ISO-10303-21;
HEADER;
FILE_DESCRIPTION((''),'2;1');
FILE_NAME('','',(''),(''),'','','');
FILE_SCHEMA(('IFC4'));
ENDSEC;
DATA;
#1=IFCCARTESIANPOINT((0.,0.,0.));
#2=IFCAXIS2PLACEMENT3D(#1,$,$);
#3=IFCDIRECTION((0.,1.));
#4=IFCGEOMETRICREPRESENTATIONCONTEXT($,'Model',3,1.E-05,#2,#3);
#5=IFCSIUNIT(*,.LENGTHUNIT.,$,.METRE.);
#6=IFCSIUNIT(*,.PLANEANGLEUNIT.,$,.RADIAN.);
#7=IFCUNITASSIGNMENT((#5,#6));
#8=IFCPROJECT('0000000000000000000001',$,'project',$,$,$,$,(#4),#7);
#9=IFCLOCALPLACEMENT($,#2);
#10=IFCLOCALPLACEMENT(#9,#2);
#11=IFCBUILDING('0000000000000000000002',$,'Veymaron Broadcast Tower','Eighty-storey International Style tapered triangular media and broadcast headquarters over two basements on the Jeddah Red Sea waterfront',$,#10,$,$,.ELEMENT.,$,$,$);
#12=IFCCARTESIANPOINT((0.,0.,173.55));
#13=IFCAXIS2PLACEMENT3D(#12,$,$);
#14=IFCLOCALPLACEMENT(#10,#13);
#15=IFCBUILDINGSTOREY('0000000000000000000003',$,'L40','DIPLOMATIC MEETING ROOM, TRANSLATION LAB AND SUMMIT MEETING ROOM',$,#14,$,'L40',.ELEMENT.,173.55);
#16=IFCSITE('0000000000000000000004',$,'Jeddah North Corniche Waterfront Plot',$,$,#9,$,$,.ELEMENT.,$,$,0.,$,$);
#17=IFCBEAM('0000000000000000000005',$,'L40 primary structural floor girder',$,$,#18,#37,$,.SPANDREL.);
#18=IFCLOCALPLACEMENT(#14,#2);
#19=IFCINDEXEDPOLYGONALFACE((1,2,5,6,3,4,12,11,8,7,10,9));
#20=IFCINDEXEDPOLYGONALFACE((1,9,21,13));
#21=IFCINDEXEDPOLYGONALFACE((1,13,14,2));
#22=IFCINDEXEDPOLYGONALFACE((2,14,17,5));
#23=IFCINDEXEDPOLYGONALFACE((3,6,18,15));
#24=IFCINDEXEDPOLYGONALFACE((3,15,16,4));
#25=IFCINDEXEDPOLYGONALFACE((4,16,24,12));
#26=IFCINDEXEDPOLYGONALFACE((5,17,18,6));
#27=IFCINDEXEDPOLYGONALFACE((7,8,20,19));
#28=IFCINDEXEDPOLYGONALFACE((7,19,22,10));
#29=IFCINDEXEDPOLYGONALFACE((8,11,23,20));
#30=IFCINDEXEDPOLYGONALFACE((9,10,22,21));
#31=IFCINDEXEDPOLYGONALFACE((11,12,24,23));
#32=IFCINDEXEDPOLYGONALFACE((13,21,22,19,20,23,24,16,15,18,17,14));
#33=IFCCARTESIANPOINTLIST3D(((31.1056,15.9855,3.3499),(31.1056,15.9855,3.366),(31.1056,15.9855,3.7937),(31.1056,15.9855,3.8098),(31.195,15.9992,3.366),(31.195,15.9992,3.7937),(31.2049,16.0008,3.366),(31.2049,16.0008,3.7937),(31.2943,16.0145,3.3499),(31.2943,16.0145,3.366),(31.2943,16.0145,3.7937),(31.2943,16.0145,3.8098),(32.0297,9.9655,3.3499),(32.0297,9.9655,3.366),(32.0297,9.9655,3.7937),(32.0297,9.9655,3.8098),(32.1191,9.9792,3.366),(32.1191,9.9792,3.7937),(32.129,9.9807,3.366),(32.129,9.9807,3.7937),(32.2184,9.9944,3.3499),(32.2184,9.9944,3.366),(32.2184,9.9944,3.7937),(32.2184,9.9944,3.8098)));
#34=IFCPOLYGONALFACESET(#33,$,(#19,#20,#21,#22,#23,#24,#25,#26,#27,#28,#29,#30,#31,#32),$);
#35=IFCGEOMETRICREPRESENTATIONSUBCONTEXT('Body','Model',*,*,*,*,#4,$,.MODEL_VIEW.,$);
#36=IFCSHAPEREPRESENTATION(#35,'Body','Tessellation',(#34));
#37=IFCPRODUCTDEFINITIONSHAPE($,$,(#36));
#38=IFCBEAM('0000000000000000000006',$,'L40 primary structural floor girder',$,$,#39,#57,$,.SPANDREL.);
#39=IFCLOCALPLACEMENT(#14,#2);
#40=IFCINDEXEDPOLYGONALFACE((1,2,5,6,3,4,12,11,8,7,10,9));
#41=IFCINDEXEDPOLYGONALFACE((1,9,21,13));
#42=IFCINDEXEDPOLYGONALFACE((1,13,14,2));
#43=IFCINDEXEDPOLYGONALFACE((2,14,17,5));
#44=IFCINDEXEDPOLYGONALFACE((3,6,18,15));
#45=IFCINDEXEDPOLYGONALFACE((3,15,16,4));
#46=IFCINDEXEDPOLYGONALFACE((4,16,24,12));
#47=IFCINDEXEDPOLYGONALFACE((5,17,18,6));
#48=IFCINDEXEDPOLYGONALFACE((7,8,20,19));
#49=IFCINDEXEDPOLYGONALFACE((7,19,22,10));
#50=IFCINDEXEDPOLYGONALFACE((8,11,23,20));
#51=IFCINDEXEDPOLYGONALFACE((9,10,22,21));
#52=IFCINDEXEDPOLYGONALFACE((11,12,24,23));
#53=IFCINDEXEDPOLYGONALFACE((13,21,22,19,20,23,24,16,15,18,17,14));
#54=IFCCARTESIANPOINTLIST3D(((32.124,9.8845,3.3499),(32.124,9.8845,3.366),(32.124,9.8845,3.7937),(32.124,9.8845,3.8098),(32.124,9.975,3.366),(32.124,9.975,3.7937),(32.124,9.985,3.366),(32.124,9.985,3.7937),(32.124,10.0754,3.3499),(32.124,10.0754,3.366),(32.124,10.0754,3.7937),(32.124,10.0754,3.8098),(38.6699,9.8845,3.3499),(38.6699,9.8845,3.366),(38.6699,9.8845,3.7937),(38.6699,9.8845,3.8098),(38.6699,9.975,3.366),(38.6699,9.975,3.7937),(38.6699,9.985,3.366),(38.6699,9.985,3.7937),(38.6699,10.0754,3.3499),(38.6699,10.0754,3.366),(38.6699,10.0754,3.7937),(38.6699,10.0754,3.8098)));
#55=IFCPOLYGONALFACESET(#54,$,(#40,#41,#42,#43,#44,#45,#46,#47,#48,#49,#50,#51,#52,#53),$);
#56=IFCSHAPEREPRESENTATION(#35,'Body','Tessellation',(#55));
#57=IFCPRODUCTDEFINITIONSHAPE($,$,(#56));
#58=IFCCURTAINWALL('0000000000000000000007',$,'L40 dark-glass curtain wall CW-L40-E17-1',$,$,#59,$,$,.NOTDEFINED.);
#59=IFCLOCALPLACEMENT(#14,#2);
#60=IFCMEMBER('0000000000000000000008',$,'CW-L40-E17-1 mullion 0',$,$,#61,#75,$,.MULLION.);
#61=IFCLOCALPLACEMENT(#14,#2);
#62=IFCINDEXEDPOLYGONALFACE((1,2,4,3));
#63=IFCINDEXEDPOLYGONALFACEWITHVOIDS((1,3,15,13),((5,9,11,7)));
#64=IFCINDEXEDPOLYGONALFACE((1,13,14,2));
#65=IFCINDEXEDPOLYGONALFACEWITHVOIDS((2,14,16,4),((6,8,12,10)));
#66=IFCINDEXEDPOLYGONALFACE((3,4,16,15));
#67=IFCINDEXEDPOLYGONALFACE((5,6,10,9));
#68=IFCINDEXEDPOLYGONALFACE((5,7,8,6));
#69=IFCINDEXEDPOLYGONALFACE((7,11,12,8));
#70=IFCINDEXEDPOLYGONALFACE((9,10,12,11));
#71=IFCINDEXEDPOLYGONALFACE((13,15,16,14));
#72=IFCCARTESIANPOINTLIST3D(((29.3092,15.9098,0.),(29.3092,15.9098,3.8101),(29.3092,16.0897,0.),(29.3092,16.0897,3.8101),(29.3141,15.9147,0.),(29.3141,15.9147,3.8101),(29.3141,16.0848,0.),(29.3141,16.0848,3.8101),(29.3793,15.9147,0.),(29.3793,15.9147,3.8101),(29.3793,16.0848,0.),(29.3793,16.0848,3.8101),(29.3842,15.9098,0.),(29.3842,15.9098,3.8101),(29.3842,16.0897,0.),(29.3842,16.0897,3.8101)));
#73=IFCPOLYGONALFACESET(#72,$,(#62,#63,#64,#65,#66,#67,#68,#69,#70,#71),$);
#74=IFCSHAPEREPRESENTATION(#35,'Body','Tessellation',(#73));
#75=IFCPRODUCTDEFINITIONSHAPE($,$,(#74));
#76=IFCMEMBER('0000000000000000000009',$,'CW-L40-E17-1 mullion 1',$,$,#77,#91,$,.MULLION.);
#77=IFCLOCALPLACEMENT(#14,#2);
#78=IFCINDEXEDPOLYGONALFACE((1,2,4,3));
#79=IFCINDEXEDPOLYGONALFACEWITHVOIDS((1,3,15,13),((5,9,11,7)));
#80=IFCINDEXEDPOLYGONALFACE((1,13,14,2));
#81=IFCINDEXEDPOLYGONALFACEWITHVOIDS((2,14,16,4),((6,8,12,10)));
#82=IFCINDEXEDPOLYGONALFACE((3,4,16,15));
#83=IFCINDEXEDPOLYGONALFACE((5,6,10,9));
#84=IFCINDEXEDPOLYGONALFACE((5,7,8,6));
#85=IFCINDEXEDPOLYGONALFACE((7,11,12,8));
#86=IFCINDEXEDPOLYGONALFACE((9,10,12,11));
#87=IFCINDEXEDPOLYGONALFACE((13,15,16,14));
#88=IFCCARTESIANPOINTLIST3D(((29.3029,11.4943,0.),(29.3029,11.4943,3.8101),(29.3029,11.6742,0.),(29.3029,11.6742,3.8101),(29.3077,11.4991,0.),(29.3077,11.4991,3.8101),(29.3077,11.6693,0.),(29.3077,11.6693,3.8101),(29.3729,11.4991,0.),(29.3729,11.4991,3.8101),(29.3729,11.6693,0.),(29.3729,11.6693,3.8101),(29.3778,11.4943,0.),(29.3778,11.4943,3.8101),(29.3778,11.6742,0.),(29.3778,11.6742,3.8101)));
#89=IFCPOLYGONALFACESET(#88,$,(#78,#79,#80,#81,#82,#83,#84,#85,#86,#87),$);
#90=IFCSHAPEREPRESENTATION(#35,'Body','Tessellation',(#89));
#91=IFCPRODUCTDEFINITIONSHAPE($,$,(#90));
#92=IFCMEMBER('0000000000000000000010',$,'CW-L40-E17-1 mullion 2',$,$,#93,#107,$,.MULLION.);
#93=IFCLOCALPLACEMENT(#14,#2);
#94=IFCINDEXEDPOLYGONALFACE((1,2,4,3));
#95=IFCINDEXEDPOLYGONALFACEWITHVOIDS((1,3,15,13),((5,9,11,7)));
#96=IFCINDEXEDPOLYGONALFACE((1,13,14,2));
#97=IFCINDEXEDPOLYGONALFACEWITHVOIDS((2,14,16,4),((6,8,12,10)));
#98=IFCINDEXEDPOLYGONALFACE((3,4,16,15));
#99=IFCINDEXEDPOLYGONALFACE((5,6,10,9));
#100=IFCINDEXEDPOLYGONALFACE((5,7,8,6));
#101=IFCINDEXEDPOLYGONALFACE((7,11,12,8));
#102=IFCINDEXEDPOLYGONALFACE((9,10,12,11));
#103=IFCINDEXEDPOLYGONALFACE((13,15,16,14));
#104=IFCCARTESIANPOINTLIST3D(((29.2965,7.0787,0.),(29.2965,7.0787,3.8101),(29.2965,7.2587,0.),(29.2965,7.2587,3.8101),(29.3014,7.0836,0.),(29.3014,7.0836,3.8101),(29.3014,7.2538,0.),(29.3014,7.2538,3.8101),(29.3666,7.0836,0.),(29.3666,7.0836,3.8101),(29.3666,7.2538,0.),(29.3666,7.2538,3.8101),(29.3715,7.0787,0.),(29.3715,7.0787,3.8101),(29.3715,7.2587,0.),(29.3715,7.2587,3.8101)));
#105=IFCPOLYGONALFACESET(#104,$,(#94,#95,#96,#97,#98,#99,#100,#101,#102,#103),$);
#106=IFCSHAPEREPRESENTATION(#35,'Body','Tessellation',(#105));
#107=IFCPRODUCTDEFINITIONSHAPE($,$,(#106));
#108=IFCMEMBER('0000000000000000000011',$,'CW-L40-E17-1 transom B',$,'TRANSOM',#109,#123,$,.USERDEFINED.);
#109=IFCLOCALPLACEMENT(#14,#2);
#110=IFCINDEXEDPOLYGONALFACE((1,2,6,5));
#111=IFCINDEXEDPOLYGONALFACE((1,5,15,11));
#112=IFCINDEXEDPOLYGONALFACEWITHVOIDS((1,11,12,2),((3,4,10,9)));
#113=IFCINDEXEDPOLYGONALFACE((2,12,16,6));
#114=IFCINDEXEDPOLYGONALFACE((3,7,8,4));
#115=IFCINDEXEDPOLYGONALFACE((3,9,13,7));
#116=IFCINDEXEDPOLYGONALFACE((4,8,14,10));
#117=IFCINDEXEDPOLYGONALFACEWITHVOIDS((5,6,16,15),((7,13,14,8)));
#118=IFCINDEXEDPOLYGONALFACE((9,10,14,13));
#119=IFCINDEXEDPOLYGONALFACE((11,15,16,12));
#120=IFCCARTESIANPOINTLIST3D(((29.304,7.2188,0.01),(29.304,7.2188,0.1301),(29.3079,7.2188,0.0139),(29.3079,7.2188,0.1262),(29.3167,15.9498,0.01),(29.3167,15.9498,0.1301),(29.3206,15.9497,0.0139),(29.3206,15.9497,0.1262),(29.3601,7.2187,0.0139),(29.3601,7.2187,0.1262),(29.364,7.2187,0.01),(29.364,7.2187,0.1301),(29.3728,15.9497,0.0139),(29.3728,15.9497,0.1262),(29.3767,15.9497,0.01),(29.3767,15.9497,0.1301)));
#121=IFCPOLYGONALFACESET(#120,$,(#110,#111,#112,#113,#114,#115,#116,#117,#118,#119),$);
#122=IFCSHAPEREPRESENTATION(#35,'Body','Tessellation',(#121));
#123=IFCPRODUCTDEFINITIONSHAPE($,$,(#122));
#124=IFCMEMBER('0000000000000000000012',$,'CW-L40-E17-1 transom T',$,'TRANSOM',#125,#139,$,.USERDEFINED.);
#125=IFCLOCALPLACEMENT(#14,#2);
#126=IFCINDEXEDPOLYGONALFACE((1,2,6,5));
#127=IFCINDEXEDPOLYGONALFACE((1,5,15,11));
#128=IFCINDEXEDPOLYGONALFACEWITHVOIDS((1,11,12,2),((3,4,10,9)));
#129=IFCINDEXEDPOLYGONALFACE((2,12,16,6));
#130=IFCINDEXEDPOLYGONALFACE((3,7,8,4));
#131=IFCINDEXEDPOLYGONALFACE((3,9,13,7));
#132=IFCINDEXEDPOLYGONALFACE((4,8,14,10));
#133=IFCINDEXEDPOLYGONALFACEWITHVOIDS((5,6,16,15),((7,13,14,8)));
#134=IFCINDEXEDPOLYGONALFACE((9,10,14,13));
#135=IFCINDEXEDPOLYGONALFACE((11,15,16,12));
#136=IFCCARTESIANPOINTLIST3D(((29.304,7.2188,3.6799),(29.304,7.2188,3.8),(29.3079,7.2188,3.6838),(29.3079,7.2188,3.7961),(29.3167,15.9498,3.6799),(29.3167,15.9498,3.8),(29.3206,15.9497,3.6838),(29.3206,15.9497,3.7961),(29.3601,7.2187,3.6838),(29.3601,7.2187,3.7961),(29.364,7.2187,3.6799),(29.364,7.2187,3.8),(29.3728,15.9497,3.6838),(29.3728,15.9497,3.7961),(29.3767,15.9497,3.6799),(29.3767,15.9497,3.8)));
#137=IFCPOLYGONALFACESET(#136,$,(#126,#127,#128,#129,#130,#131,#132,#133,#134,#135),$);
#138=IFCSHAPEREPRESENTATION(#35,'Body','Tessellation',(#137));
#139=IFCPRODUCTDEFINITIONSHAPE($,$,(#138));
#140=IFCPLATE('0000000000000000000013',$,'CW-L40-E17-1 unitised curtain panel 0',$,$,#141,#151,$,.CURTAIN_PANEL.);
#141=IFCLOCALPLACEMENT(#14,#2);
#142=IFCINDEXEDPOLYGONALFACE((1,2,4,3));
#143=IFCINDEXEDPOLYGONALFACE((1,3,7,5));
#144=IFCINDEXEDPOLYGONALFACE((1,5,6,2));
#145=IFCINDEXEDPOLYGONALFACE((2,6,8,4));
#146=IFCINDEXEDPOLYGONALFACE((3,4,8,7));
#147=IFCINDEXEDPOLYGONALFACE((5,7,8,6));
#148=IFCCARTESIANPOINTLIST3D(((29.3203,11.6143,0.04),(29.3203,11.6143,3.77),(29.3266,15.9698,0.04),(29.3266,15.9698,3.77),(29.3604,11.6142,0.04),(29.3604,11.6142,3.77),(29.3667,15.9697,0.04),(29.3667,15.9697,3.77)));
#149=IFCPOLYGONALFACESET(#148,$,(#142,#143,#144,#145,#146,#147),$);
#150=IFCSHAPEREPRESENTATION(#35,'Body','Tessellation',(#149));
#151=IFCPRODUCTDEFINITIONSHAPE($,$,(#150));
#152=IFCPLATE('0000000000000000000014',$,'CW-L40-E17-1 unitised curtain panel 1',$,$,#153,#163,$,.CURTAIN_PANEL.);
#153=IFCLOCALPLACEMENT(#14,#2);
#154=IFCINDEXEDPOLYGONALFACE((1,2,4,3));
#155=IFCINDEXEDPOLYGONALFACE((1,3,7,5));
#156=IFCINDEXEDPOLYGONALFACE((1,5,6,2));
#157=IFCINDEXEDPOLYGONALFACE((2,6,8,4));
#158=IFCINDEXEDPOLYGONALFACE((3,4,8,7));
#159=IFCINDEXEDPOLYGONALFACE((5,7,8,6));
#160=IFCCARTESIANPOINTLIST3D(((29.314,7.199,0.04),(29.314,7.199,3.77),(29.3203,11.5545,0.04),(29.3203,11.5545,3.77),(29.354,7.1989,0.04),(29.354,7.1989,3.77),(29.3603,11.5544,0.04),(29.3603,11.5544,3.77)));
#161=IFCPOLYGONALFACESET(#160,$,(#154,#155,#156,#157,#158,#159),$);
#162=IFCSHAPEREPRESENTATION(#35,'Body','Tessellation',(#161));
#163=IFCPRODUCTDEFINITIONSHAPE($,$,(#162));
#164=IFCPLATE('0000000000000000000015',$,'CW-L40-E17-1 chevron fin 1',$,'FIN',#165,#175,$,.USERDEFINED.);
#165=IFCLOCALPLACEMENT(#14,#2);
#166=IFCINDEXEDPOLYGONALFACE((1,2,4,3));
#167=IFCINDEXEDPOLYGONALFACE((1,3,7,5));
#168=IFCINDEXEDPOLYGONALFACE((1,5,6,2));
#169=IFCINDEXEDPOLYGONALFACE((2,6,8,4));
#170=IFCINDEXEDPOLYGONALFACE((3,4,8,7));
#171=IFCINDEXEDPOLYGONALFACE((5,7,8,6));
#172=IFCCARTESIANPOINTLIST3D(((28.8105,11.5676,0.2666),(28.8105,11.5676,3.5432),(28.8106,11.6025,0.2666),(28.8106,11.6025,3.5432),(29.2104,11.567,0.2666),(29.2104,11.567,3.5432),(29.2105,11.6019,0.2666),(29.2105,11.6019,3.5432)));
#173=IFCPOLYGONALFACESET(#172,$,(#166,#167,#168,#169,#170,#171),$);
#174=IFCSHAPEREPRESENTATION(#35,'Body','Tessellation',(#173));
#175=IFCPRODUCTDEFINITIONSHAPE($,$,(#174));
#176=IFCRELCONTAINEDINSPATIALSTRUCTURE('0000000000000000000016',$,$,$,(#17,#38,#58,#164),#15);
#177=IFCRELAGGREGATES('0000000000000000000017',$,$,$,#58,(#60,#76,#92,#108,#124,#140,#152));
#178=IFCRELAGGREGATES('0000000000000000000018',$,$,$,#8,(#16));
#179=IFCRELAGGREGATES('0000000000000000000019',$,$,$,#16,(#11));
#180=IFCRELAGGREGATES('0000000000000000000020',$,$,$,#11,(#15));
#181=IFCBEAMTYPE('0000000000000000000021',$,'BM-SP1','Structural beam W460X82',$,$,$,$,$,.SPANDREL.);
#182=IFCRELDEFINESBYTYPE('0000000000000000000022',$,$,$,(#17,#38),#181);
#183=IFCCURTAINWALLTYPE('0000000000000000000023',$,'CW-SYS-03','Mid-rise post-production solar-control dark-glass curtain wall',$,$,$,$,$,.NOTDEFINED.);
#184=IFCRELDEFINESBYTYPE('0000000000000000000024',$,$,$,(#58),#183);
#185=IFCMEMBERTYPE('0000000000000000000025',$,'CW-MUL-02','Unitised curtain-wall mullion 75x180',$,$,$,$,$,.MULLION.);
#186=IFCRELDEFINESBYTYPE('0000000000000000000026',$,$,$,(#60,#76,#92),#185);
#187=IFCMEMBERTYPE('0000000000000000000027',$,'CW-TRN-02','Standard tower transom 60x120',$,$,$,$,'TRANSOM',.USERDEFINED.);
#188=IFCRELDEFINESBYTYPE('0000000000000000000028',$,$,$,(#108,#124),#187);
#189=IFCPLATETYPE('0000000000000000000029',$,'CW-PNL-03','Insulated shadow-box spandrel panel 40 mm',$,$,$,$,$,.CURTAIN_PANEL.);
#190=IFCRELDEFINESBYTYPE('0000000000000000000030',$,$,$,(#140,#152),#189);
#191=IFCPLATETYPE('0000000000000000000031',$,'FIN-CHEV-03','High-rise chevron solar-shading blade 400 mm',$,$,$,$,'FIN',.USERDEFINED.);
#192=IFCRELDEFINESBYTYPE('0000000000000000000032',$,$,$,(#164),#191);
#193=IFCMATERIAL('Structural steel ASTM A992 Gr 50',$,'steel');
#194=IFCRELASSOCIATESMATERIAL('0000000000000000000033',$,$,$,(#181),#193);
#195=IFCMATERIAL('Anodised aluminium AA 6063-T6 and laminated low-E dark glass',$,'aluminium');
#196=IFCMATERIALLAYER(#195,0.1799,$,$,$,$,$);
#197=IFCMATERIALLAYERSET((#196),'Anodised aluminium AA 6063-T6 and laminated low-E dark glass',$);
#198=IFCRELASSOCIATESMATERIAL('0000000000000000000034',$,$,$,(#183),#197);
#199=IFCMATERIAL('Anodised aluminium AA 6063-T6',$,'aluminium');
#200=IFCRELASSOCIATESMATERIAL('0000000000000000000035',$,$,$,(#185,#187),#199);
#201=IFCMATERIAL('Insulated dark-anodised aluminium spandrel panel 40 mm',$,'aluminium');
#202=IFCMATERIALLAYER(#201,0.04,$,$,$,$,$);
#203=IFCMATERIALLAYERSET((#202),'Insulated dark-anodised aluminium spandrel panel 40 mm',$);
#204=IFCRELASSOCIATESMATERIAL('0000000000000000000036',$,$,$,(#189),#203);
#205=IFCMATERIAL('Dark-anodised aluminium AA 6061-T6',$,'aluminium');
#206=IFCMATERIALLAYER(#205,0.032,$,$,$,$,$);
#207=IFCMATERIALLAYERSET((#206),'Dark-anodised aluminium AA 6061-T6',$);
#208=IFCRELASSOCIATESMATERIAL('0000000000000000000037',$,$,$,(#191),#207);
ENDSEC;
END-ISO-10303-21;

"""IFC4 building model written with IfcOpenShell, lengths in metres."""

from ifc_helpers import new_model, si_unit, direction, frame, origin, origin_2d, place, context, subcontext, project, spatial, rectangle, hollow_rectangle, i_section, extrude, material, layer, layer_set, material_profile, profile_set, type_object, element, aggregate, save


model = new_model("IFC4")

# Units and contexts
model_context = context("Model", 3, precision=1e-05, world=origin(), true_north=direction((0.0, 1.0)))
body_context = subcontext(model_context, "Body", "Model", "MODEL_VIEW")
ifc_project = project(units=[si_unit("LENGTHUNIT", "METRE"), si_unit("PLANEANGLEUNIT", "RADIAN")], contexts=[model_context])

# Site, building, storey
site_placement = place(None, origin())
site = spatial("IfcSite", under=ifc_project, at=site_placement, Name="Jeddah North Corniche Waterfront Plot", CompositionType="ELEMENT", RefElevation=0.0)
building_placement = place(site_placement, origin())
building = spatial("IfcBuilding", under=site, at=building_placement, Name="Veymaron Broadcast Tower", Description="Eighty-storey International Style tapered triangular media and broadcast headquarters over two basements on the Jeddah Red Sea waterfront", CompositionType="ELEMENT")
storey_placement = place(building_placement, frame((0.0, 0.0, 173.55)))
storey = spatial("IfcBuildingStorey", under=building, at=storey_placement, Name="L40", Description="DIPLOMATIC MEETING ROOM, TRANSLATION LAB AND SUMMIT MEETING ROOM", LongName="L40", CompositionType="ELEMENT", Elevation=173.55)

# Shared definitions
ifc_material_1 = material(Name="Structural steel ASTM A992 Gr 50", Category="steel")

# Beams
ifc_material_profile_1 = material_profile(ifc_material_1, i_section(OverallWidth=0.1909, OverallDepth=0.46, WebThickness=0.01, FlangeThickness=0.0161, at=origin_2d()), Name="W460X82")
ifc_profile_set_1 = profile_set([ifc_material_profile_1], Name="Structural steel ASTM A992 Gr 50")
beam_type_1 = type_object("IfcBeamType", Name="BM-SP1", Description="Structural beam W460X82", PredefinedType="SPANDREL", material=ifc_profile_set_1)
beam_1_placement = place(storey_placement, frame((31.2, 16.0, 3.5798), z_axis=(0.151723, -0.988423, 0.0), x_axis=(0.988423, 0.151723, 0.0)))
element("IfcBeam", 1, at=beam_1_placement, inside=storey, type_object=beam_type_1, Name="L40 primary structural floor girder", PredefinedType="SPANDREL", context=body_context, shape_type="SweptSolid", body=[
    extrude(i_section(OverallWidth=0.1909, OverallDepth=0.46, WebThickness=0.01, FlangeThickness=0.0161, at=origin_2d()), origin(), (0.0, 0.0, 1.0), 6.0906),
])
beam_2_placement = place(storey_placement, frame((32.124, 9.98, 3.5798), z_axis=(1.0, 0.0, 0.0), x_axis=(0.0, 1.0, 0.0)))
element("IfcBeam", 2, at=beam_2_placement, inside=storey, type_object=beam_type_1, Name="L40 primary structural floor girder", PredefinedType="SPANDREL", context=body_context, shape_type="SweptSolid", body=[
    extrude(i_section(OverallWidth=0.1909, OverallDepth=0.46, WebThickness=0.01, FlangeThickness=0.0161, at=origin_2d()), origin(), (0.0, 0.0, 1.0), 6.5459),
])

# Curtain wall, members, plates
ifc_material_2 = material(Name="Anodised aluminium AA 6063-T6 and laminated low-E dark glass", Category="aluminium")
ifc_layer_1 = layer(ifc_material_2, 0.1799)
ifc_layer_set_1 = layer_set([ifc_layer_1], Name="Anodised aluminium AA 6063-T6 and laminated low-E dark glass")
curtain_wall_type = type_object("IfcCurtainWallType", Name="CW-SYS-03", Description="Mid-rise post-production solar-control dark-glass curtain wall", PredefinedType="NOTDEFINED", material=ifc_layer_set_1)
curtain_wall_placement = place(storey_placement, origin())
curtain_wall = element("IfcCurtainWall", 3, at=curtain_wall_placement, inside=storey, type_object=curtain_wall_type, Name="L40 dark-glass curtain wall CW-L40-E17-1", PredefinedType="NOTDEFINED")
ifc_material_3 = material(Name="Anodised aluminium AA 6063-T6", Category="aluminium")
ifc_material_profile_2 = material_profile(ifc_material_3, hollow_rectangle(XDim=0.075, YDim=0.1799, WallThickness=0.0049, at=origin_2d()), Name="AL180X75X5")
ifc_profile_set_2 = profile_set([ifc_material_profile_2], Name="Anodised aluminium AA 6063-T6")
member_type_1 = type_object("IfcMemberType", Name="CW-MUL-02", Description="Unitised curtain-wall mullion 75x180", PredefinedType="MULLION", material=ifc_profile_set_2)
member_1_placement = place(storey_placement, frame((29.3467, 15.9998, 0.0), z_axis=(0.0, 0.0, 1.0), x_axis=(1.0, 0.0, 0.0)))
member_1 = element("IfcMember", 4, at=member_1_placement, type_object=member_type_1, Name="CW-L40-E17-1 mullion 0", PredefinedType="MULLION", context=body_context, shape_type="SweptSolid", body=[
    extrude(hollow_rectangle(XDim=0.075, YDim=0.1799, WallThickness=0.0049, at=origin_2d()), origin(), (0.0, 0.0, 1.0), 3.8101),
])
member_2_placement = place(storey_placement, frame((29.3403, 11.5842, 0.0), z_axis=(0.0, 0.0, 1.0), x_axis=(1.0, 0.0, 0.0)))
member_2 = element("IfcMember", 5, at=member_2_placement, type_object=member_type_1, Name="CW-L40-E17-1 mullion 1", PredefinedType="MULLION", context=body_context, shape_type="SweptSolid", body=[
    extrude(hollow_rectangle(XDim=0.075, YDim=0.1799, WallThickness=0.0049, at=origin_2d()), origin(), (0.0, 0.0, 1.0), 3.8101),
])
member_3_placement = place(storey_placement, frame((29.334, 7.1687, 0.0), z_axis=(0.0, 0.0, 1.0), x_axis=(1.0, 0.0, 0.0)))
member_3 = element("IfcMember", 6, at=member_3_placement, type_object=member_type_1, Name="CW-L40-E17-1 mullion 2", PredefinedType="MULLION", context=body_context, shape_type="SweptSolid", body=[
    extrude(hollow_rectangle(XDim=0.075, YDim=0.1799, WallThickness=0.0049, at=origin_2d()), origin(), (0.0, 0.0, 1.0), 3.8101),
])
ifc_material_profile_3 = material_profile(ifc_material_3, hollow_rectangle(XDim=0.0601, YDim=0.1201, WallThickness=0.0039, at=origin_2d()), Name="AL120X60X4")
ifc_profile_set_3 = profile_set([ifc_material_profile_3], Name="Anodised aluminium AA 6063-T6")
member_type_2 = type_object("IfcMemberType", Name="CW-TRN-02", Description="Standard tower transom 60x120", ElementType="TRANSOM", PredefinedType="USERDEFINED", material=ifc_profile_set_3)
member_4_placement = place(storey_placement, frame((29.3467, 15.9497, 0.0701), z_axis=(-0.001454, -0.999999, 0.0), x_axis=(0.999999, -0.001454, 0.0)))
member_4 = element("IfcMember", 7, at=member_4_placement, type_object=member_type_2, Name="CW-L40-E17-1 transom B", ObjectType="TRANSOM", PredefinedType="USERDEFINED", context=body_context, shape_type="SweptSolid", body=[
    extrude(hollow_rectangle(XDim=0.0601, YDim=0.1201, WallThickness=0.0039, at=origin_2d()), origin(), (0.0, 0.0, 1.0), 8.731),
])
member_5_placement = place(storey_placement, frame((29.3467, 15.9497, 3.74), z_axis=(-0.001454, -0.999999, 0.0), x_axis=(0.999999, -0.001454, 0.0)))
member_5 = element("IfcMember", 8, at=member_5_placement, type_object=member_type_2, Name="CW-L40-E17-1 transom T", ObjectType="TRANSOM", PredefinedType="USERDEFINED", context=body_context, shape_type="SweptSolid", body=[
    extrude(hollow_rectangle(XDim=0.0601, YDim=0.1201, WallThickness=0.0039, at=origin_2d()), origin(), (0.0, 0.0, 1.0), 8.731),
])
ifc_material_4 = material(Name="Insulated dark-anodised aluminium spandrel panel 40 mm", Category="aluminium")
ifc_layer_2 = layer(ifc_material_4, 0.04)
ifc_layer_set_2 = layer_set([ifc_layer_2], Name="Insulated dark-anodised aluminium spandrel panel 40 mm")
plate_type_1 = type_object("IfcPlateType", Name="CW-PNL-03", Description="Insulated shadow-box spandrel panel 40 mm", PredefinedType="CURTAIN_PANEL", material=ifc_layer_set_2)
plate_1_placement = place(storey_placement, frame((29.3435, 13.792, 0.04), z_axis=(0.0, 0.0, 1.0), x_axis=(-0.001449, -0.999999, 0.0)))
plate_1 = element("IfcPlate", 9, at=plate_1_placement, type_object=plate_type_1, Name="CW-L40-E17-1 unitised curtain panel 0", PredefinedType="CURTAIN_PANEL", context=body_context, shape_type="SweptSolid", body=[
    extrude(rectangle(XDim=4.3555, YDim=0.04, at=origin_2d()), origin(), (0.0, 0.0, 1.0), 3.73),
])
plate_2_placement = place(storey_placement, frame((29.3372, 9.3767, 0.04), z_axis=(0.0, 0.0, 1.0), x_axis=(-0.001449, -0.999999, 0.0)))
plate_2 = element("IfcPlate", 10, at=plate_2_placement, type_object=plate_type_1, Name="CW-L40-E17-1 unitised curtain panel 1", PredefinedType="CURTAIN_PANEL", context=body_context, shape_type="SweptSolid", body=[
    extrude(rectangle(XDim=4.3555, YDim=0.04, at=origin_2d()), origin(), (0.0, 0.0, 1.0), 3.73),
])
aggregate(curtain_wall, [member_1, member_2, member_3, member_4, member_5, plate_1, plate_2])

# Plate
ifc_material_5 = material(Name="Dark-anodised aluminium AA 6061-T6", Category="aluminium")
ifc_layer_3 = layer(ifc_material_5, 0.032)
ifc_layer_set_3 = layer_set([ifc_layer_3], Name="Dark-anodised aluminium AA 6061-T6")
plate_type_2 = type_object("IfcPlateType", Name="FIN-CHEV-03", Description="High-rise chevron solar-shading blade 400 mm", ElementType="FIN", PredefinedType="USERDEFINED", material=ifc_layer_set_3)
plate_3_placement = place(storey_placement, frame((29.0105, 11.5847, 0.2666), z_axis=(0.0, 0.0, 1.0), x_axis=(-0.999999, 0.001449, 0.0)))
element("IfcPlate", 11, at=plate_3_placement, inside=storey, type_object=plate_type_2, Name="CW-L40-E17-1 chevron fin 1", ObjectType="FIN", PredefinedType="USERDEFINED", context=body_context, shape_type="SweptSolid", body=[
    extrude(rectangle(XDim=0.3999, YDim=0.0349, at=origin_2d()), origin(), (0.0, 0.0, 1.0), 3.2766),
])

save(model, "model.ifc")
